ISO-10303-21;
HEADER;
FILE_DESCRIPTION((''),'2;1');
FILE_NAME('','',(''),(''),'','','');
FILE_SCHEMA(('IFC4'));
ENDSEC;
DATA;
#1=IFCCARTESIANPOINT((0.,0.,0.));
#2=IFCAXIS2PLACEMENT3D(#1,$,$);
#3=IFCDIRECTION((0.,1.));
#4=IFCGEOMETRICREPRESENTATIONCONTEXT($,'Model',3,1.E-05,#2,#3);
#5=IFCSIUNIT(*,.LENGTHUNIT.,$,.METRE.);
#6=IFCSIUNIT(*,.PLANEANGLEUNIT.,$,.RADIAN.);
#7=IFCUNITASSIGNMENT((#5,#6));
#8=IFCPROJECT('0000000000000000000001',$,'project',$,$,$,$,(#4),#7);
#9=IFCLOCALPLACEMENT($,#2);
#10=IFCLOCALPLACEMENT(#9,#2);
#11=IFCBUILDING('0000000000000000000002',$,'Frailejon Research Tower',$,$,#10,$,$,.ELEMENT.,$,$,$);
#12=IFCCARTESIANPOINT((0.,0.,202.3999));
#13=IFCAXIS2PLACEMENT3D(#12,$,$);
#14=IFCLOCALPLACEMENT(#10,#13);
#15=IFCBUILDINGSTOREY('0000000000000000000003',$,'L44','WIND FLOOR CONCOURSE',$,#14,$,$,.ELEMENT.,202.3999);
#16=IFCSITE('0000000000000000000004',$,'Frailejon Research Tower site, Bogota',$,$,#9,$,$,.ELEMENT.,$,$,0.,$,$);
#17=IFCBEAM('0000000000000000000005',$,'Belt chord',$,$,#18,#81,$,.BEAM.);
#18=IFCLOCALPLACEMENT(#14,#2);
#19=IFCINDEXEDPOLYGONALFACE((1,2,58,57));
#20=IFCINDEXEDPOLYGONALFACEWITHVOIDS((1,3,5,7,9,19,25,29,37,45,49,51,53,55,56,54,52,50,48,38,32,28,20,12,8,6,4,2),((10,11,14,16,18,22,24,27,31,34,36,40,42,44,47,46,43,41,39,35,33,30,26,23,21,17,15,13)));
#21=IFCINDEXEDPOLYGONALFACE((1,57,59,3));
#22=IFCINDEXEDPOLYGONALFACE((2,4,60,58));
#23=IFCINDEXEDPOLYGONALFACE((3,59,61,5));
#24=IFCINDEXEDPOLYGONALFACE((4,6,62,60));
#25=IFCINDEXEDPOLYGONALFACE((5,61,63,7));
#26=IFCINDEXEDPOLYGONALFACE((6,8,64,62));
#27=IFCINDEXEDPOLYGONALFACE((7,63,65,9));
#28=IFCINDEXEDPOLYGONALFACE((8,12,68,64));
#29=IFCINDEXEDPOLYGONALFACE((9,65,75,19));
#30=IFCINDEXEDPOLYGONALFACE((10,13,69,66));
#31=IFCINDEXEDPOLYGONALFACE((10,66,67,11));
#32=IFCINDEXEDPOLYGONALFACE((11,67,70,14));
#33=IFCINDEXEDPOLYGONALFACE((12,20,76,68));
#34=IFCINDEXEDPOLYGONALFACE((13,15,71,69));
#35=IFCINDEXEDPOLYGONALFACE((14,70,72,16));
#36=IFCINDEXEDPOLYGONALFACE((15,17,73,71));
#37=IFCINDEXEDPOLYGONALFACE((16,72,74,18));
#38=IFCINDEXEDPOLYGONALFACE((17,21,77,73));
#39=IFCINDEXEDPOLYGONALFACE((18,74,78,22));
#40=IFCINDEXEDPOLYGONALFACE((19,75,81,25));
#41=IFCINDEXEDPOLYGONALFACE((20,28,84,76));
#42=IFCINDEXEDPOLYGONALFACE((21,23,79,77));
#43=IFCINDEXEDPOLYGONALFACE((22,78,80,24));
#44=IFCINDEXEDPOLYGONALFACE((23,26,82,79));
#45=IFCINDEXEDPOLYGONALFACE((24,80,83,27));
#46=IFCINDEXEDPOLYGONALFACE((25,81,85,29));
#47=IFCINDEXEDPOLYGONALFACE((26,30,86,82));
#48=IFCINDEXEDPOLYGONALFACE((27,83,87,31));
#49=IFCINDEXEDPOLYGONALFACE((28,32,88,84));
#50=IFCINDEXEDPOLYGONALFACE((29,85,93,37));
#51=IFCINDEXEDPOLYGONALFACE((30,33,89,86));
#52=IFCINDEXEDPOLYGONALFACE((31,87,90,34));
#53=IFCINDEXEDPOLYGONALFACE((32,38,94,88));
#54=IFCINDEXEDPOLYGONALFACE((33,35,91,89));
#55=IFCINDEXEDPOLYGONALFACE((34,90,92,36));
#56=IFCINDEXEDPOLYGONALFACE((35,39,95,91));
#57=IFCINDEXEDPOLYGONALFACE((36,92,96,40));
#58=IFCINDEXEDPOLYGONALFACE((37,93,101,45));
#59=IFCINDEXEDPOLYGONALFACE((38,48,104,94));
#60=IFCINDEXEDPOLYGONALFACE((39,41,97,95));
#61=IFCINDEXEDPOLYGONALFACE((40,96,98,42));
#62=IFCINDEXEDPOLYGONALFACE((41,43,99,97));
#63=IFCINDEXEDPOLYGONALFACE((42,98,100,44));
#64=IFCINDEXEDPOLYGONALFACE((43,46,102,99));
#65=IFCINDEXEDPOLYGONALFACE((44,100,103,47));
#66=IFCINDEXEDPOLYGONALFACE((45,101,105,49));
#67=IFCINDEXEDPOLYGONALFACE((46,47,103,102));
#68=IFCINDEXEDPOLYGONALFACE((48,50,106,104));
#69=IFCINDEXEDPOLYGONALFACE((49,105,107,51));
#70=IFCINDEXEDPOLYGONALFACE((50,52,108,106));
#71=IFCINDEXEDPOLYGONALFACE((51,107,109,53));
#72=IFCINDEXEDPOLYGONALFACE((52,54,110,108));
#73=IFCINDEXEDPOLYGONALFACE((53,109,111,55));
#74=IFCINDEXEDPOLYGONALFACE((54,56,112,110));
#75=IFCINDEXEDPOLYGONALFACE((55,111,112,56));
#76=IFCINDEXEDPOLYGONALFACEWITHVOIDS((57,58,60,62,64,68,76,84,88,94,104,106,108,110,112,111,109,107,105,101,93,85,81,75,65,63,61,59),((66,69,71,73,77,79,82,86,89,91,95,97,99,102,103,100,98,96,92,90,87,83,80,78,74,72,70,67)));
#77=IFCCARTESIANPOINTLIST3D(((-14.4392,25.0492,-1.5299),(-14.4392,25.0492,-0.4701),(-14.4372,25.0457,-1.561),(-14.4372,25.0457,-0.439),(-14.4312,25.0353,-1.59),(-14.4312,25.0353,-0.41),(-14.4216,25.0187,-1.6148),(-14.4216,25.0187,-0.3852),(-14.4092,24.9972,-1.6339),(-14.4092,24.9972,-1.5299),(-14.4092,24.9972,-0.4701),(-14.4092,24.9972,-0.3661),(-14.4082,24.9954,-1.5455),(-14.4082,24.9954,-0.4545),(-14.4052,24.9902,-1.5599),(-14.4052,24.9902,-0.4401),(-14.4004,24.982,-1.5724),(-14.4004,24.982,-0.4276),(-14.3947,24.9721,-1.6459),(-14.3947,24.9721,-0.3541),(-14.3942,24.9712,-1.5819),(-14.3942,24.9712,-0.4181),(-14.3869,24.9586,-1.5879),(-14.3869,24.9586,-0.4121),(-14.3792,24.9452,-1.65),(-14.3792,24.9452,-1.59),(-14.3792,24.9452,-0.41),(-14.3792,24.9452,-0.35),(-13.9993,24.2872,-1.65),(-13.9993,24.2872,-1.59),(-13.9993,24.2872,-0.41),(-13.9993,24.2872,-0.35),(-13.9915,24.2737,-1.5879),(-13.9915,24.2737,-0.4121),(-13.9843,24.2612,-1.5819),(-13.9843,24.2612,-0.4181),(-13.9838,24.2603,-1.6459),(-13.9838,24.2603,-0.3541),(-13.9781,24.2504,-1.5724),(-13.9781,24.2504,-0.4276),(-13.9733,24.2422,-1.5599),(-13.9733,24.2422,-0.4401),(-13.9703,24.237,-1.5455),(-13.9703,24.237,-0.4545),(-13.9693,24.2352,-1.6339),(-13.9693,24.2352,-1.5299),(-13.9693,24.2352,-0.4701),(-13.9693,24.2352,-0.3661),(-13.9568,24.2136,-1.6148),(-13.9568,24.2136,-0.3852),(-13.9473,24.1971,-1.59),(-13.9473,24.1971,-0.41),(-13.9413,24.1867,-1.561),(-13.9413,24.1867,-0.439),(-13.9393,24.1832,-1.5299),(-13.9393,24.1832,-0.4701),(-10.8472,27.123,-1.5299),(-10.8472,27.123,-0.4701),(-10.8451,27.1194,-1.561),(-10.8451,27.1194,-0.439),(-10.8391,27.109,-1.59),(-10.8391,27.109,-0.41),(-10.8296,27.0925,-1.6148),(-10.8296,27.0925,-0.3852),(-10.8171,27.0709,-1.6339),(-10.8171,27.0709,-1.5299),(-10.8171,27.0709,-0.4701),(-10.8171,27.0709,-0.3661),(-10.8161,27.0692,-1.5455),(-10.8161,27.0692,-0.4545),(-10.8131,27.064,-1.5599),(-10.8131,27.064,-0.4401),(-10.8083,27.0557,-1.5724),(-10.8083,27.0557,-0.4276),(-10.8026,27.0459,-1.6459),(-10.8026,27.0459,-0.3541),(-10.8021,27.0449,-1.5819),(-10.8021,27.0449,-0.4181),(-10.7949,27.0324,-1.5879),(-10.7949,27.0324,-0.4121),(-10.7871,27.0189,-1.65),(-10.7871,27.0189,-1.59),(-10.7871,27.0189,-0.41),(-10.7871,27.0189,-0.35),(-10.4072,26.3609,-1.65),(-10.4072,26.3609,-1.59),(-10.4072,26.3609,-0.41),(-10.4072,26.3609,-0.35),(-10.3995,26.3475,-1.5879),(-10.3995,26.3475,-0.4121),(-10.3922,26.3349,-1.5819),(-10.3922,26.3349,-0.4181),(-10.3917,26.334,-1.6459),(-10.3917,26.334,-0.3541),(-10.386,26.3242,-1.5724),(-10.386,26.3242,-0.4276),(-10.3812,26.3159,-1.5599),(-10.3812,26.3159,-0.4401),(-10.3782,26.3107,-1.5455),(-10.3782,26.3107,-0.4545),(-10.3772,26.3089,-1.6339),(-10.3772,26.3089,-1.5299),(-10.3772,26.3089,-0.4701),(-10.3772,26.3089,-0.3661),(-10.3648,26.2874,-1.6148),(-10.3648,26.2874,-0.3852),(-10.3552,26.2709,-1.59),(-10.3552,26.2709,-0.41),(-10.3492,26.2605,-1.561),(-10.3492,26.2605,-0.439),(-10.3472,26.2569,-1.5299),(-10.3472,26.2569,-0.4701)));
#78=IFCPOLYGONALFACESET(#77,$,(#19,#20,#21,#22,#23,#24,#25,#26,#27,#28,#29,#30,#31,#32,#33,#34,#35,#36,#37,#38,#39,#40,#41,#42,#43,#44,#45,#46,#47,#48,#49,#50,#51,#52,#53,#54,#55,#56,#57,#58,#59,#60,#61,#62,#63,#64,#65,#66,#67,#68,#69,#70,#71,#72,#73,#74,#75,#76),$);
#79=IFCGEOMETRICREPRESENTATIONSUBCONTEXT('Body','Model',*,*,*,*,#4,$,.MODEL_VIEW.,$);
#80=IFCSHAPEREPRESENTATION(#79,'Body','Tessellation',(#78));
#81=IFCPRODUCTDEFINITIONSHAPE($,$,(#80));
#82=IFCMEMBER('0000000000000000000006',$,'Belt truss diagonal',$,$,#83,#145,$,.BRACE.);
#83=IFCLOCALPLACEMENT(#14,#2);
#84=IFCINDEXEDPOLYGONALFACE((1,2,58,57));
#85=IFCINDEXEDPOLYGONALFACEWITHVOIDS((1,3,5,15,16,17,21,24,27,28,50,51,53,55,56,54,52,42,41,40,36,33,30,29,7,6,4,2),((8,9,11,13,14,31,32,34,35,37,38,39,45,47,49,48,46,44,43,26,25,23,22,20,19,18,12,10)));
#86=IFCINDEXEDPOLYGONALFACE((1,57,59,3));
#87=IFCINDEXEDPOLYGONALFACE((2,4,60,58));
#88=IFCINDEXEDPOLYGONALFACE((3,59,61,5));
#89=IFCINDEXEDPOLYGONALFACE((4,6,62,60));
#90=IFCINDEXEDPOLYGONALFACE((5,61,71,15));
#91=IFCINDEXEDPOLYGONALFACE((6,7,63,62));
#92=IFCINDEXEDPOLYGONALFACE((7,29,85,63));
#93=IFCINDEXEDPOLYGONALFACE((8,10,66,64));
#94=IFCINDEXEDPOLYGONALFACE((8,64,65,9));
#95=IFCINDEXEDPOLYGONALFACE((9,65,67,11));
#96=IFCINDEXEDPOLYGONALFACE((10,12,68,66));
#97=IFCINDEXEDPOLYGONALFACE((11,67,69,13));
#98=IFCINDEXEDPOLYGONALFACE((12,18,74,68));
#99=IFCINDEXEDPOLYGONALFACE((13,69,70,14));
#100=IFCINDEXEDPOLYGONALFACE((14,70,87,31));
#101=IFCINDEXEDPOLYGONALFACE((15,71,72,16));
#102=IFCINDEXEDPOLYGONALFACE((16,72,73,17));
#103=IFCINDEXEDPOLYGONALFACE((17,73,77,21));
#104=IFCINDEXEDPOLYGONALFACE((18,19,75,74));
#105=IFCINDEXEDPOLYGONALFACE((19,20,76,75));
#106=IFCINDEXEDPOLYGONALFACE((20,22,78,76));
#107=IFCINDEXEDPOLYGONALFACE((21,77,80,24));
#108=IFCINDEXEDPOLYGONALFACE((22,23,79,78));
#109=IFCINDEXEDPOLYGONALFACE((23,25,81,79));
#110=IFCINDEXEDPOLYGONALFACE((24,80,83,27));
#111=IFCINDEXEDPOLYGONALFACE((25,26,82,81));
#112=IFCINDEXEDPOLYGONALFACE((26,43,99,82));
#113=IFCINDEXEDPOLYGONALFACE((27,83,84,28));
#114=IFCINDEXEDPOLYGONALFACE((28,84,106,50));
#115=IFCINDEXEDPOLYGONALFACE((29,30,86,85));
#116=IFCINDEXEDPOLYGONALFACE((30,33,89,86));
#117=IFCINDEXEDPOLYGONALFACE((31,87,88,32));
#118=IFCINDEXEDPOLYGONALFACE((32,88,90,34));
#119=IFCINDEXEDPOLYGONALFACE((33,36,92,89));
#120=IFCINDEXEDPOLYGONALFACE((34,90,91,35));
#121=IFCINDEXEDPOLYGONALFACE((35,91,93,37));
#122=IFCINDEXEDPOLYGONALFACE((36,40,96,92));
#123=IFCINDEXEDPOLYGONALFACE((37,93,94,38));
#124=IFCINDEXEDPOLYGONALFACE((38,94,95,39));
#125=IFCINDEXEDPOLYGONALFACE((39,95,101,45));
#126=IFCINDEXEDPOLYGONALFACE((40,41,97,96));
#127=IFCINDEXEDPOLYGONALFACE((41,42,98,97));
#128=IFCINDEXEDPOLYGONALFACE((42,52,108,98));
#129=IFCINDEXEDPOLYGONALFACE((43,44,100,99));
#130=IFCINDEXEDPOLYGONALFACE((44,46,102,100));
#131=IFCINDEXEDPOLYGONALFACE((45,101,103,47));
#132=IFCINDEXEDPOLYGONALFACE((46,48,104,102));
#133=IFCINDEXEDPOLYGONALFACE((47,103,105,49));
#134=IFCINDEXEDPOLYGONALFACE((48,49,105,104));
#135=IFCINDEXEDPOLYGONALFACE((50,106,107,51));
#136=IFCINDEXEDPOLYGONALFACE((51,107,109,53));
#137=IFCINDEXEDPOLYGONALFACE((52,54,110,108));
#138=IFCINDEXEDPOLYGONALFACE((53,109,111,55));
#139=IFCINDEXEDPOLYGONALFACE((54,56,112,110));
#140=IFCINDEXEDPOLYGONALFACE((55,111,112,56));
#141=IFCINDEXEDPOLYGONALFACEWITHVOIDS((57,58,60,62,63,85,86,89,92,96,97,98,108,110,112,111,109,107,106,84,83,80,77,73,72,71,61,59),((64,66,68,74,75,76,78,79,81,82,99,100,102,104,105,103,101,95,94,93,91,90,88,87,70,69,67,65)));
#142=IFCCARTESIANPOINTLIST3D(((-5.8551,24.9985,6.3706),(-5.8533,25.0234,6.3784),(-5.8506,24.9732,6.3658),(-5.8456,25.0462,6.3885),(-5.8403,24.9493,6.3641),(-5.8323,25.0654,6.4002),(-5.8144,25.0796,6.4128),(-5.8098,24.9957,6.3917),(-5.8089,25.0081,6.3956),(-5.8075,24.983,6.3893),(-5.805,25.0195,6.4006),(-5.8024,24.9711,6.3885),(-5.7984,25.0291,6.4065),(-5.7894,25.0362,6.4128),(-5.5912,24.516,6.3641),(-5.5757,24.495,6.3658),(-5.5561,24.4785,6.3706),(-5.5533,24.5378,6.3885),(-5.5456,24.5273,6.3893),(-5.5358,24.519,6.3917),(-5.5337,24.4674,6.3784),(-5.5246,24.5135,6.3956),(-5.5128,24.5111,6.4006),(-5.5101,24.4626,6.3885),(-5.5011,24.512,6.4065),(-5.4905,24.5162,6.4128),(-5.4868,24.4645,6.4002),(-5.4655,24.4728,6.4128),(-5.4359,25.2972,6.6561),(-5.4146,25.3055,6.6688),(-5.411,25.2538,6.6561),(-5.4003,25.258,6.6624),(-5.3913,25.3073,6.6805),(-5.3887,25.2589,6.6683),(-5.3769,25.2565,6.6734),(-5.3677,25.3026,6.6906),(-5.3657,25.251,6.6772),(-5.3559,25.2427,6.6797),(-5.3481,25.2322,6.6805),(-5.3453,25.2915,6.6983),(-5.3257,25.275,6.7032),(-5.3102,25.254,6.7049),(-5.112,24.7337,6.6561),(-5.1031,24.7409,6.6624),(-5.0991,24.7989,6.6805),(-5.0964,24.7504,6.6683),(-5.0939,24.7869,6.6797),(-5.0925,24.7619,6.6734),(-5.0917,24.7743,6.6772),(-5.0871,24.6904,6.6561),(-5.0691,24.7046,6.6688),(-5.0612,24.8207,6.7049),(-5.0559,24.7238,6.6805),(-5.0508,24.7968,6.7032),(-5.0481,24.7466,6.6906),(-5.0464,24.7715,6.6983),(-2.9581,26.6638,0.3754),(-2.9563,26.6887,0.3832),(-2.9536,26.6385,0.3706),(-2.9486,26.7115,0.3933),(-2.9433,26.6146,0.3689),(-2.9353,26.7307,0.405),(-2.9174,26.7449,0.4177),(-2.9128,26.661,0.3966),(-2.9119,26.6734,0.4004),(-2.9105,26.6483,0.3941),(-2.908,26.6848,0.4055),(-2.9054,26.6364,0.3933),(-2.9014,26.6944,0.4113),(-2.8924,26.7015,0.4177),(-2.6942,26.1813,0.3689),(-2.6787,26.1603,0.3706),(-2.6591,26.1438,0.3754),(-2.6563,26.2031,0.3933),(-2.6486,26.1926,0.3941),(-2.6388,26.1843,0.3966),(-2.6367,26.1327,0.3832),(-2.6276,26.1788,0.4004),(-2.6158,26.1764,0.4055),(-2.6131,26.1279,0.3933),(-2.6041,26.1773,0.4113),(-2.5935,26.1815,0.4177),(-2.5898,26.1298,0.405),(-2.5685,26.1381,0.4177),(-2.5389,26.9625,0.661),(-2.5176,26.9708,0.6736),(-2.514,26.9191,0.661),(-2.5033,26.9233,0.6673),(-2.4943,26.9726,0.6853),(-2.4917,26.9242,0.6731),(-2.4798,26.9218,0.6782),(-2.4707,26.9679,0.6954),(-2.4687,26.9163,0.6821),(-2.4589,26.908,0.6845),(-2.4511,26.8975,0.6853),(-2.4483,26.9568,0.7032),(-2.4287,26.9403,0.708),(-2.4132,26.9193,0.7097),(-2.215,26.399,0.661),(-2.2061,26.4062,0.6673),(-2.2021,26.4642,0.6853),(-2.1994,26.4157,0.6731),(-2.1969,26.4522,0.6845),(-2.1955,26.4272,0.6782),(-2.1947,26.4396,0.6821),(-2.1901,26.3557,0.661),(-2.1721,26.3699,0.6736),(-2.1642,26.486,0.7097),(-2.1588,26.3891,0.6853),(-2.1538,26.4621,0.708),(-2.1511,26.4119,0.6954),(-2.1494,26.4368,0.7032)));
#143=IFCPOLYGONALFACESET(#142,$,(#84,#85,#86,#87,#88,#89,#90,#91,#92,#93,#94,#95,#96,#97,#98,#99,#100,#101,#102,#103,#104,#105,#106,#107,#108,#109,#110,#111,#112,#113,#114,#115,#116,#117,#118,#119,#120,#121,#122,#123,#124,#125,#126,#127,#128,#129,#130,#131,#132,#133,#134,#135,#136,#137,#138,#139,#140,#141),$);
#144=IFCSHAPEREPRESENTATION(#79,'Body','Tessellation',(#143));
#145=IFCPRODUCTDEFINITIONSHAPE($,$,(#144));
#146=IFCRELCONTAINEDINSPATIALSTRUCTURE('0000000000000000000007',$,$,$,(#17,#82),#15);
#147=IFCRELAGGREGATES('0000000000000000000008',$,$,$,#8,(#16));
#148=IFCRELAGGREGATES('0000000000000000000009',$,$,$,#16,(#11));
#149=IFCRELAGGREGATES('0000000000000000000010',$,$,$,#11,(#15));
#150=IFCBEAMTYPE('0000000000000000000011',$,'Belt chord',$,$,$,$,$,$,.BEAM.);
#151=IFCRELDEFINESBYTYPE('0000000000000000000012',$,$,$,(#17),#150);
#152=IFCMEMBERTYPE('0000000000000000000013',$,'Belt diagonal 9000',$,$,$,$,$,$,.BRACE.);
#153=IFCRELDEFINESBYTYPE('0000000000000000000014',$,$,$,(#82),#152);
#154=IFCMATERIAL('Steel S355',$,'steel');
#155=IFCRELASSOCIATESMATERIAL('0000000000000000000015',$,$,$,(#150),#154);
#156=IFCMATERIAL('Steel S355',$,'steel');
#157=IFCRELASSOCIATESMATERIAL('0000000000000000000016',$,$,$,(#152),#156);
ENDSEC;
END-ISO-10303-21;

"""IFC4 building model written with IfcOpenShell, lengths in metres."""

from ifc_helpers import new_model, si_unit, direction, frame, origin, origin_2d, place, context, subcontext, project, spatial, hollow_rectangle, extrude, material, material_profile, profile_set, type_object, element, save


model = new_model("IFC4")

# Units and contexts
model_context = context("Model", 3, precision=1e-05, world=origin(), true_north=direction((0.0, 1.0)))
body_context = subcontext(model_context, "Body", "Model", "MODEL_VIEW")
ifc_project = project(units=[si_unit("LENGTHUNIT", "METRE"), si_unit("PLANEANGLEUNIT", "RADIAN")], contexts=[model_context])

# Site, building, storey
site_placement = place(None, origin())
site = spatial("IfcSite", under=ifc_project, at=site_placement, Name="Frailejon Research Tower site, Bogota", CompositionType="ELEMENT", RefElevation=0.0)
building_placement = place(site_placement, origin())
building = spatial("IfcBuilding", under=site, at=building_placement, Name="Frailejon Research Tower", CompositionType="ELEMENT")
storey_placement = place(building_placement, frame((0.0, 0.0, 202.3999)))
storey = spatial("IfcBuildingStorey", under=building, at=storey_placement, Name="L44", Description="WIND FLOOR CONCOURSE", CompositionType="ELEMENT", Elevation=202.3999)

# Beam
ifc_material_1 = material(Name="Steel S355", Category="steel")
ifc_material_profile_1 = material_profile(ifc_material_1, hollow_rectangle(XDim=1.0, YDim=1.3, WallThickness=0.0601, InnerFilletRadius=0.0601, OuterFilletRadius=0.1201, at=origin_2d()), Name="Belt chord")
ifc_profile_set_1 = profile_set([ifc_material_profile_1], Name="Steel S355")
beam_type_1 = type_object("IfcBeamType", Name="Belt chord", PredefinedType="BEAM", material=ifc_profile_set_1)
beam_1_placement = place(storey_placement, frame((-10.5972, 26.6899, -1.0), z_axis=(-0.86604, -0.499976, 0.0), x_axis=(0.499976, -0.86604, 0.0)))
element("IfcBeam", 1, at=beam_1_placement, inside=storey, type_object=beam_type_1, Name="Belt chord", PredefinedType="BEAM", context=body_context, shape_type="SweptSolid", body=[
    extrude(hollow_rectangle(XDim=1.0, YDim=1.3, WallThickness=0.0601, InnerFilletRadius=0.0601, OuterFilletRadius=0.1201, at=origin_2d()), origin(), (0.0, 0.0, 1.0), 4.1477),
])

# Member
ifc_material_2 = material(Name="Steel S355", Category="steel")
ifc_material_profile_2 = material_profile(ifc_material_2, hollow_rectangle(XDim=0.7, YDim=0.7, WallThickness=0.05, InnerFilletRadius=0.05, OuterFilletRadius=0.1001, at=origin_2d()), Name="Belt diagonal 9000")
ifc_profile_set_2 = profile_set([ifc_material_profile_2], Name="Steel S355")
member_type = type_object("IfcMemberType", Name="Belt diagonal 9000", PredefinedType="BRACE", material=ifc_profile_set_2)
member_1_placement = place(storey_placement, frame((-2.5537, 26.5503, 0.5393), z_axis=(-0.422086, -0.24263, 0.873484), x_axis=(0.498364, -0.866968, 0.0)))
element("IfcMember", 2, at=member_1_placement, inside=storey, type_object=member_type, Name="Belt truss diagonal", PredefinedType="BRACE", context=body_context, shape_type="SweptSolid", body=[
    extrude(hollow_rectangle(XDim=0.7, YDim=0.7, WallThickness=0.05, InnerFilletRadius=0.05, OuterFilletRadius=0.1001, at=origin_2d()), origin(), (0.0, 0.0, 1.0), 6.8635),
])

save(model, "model.ifc")
